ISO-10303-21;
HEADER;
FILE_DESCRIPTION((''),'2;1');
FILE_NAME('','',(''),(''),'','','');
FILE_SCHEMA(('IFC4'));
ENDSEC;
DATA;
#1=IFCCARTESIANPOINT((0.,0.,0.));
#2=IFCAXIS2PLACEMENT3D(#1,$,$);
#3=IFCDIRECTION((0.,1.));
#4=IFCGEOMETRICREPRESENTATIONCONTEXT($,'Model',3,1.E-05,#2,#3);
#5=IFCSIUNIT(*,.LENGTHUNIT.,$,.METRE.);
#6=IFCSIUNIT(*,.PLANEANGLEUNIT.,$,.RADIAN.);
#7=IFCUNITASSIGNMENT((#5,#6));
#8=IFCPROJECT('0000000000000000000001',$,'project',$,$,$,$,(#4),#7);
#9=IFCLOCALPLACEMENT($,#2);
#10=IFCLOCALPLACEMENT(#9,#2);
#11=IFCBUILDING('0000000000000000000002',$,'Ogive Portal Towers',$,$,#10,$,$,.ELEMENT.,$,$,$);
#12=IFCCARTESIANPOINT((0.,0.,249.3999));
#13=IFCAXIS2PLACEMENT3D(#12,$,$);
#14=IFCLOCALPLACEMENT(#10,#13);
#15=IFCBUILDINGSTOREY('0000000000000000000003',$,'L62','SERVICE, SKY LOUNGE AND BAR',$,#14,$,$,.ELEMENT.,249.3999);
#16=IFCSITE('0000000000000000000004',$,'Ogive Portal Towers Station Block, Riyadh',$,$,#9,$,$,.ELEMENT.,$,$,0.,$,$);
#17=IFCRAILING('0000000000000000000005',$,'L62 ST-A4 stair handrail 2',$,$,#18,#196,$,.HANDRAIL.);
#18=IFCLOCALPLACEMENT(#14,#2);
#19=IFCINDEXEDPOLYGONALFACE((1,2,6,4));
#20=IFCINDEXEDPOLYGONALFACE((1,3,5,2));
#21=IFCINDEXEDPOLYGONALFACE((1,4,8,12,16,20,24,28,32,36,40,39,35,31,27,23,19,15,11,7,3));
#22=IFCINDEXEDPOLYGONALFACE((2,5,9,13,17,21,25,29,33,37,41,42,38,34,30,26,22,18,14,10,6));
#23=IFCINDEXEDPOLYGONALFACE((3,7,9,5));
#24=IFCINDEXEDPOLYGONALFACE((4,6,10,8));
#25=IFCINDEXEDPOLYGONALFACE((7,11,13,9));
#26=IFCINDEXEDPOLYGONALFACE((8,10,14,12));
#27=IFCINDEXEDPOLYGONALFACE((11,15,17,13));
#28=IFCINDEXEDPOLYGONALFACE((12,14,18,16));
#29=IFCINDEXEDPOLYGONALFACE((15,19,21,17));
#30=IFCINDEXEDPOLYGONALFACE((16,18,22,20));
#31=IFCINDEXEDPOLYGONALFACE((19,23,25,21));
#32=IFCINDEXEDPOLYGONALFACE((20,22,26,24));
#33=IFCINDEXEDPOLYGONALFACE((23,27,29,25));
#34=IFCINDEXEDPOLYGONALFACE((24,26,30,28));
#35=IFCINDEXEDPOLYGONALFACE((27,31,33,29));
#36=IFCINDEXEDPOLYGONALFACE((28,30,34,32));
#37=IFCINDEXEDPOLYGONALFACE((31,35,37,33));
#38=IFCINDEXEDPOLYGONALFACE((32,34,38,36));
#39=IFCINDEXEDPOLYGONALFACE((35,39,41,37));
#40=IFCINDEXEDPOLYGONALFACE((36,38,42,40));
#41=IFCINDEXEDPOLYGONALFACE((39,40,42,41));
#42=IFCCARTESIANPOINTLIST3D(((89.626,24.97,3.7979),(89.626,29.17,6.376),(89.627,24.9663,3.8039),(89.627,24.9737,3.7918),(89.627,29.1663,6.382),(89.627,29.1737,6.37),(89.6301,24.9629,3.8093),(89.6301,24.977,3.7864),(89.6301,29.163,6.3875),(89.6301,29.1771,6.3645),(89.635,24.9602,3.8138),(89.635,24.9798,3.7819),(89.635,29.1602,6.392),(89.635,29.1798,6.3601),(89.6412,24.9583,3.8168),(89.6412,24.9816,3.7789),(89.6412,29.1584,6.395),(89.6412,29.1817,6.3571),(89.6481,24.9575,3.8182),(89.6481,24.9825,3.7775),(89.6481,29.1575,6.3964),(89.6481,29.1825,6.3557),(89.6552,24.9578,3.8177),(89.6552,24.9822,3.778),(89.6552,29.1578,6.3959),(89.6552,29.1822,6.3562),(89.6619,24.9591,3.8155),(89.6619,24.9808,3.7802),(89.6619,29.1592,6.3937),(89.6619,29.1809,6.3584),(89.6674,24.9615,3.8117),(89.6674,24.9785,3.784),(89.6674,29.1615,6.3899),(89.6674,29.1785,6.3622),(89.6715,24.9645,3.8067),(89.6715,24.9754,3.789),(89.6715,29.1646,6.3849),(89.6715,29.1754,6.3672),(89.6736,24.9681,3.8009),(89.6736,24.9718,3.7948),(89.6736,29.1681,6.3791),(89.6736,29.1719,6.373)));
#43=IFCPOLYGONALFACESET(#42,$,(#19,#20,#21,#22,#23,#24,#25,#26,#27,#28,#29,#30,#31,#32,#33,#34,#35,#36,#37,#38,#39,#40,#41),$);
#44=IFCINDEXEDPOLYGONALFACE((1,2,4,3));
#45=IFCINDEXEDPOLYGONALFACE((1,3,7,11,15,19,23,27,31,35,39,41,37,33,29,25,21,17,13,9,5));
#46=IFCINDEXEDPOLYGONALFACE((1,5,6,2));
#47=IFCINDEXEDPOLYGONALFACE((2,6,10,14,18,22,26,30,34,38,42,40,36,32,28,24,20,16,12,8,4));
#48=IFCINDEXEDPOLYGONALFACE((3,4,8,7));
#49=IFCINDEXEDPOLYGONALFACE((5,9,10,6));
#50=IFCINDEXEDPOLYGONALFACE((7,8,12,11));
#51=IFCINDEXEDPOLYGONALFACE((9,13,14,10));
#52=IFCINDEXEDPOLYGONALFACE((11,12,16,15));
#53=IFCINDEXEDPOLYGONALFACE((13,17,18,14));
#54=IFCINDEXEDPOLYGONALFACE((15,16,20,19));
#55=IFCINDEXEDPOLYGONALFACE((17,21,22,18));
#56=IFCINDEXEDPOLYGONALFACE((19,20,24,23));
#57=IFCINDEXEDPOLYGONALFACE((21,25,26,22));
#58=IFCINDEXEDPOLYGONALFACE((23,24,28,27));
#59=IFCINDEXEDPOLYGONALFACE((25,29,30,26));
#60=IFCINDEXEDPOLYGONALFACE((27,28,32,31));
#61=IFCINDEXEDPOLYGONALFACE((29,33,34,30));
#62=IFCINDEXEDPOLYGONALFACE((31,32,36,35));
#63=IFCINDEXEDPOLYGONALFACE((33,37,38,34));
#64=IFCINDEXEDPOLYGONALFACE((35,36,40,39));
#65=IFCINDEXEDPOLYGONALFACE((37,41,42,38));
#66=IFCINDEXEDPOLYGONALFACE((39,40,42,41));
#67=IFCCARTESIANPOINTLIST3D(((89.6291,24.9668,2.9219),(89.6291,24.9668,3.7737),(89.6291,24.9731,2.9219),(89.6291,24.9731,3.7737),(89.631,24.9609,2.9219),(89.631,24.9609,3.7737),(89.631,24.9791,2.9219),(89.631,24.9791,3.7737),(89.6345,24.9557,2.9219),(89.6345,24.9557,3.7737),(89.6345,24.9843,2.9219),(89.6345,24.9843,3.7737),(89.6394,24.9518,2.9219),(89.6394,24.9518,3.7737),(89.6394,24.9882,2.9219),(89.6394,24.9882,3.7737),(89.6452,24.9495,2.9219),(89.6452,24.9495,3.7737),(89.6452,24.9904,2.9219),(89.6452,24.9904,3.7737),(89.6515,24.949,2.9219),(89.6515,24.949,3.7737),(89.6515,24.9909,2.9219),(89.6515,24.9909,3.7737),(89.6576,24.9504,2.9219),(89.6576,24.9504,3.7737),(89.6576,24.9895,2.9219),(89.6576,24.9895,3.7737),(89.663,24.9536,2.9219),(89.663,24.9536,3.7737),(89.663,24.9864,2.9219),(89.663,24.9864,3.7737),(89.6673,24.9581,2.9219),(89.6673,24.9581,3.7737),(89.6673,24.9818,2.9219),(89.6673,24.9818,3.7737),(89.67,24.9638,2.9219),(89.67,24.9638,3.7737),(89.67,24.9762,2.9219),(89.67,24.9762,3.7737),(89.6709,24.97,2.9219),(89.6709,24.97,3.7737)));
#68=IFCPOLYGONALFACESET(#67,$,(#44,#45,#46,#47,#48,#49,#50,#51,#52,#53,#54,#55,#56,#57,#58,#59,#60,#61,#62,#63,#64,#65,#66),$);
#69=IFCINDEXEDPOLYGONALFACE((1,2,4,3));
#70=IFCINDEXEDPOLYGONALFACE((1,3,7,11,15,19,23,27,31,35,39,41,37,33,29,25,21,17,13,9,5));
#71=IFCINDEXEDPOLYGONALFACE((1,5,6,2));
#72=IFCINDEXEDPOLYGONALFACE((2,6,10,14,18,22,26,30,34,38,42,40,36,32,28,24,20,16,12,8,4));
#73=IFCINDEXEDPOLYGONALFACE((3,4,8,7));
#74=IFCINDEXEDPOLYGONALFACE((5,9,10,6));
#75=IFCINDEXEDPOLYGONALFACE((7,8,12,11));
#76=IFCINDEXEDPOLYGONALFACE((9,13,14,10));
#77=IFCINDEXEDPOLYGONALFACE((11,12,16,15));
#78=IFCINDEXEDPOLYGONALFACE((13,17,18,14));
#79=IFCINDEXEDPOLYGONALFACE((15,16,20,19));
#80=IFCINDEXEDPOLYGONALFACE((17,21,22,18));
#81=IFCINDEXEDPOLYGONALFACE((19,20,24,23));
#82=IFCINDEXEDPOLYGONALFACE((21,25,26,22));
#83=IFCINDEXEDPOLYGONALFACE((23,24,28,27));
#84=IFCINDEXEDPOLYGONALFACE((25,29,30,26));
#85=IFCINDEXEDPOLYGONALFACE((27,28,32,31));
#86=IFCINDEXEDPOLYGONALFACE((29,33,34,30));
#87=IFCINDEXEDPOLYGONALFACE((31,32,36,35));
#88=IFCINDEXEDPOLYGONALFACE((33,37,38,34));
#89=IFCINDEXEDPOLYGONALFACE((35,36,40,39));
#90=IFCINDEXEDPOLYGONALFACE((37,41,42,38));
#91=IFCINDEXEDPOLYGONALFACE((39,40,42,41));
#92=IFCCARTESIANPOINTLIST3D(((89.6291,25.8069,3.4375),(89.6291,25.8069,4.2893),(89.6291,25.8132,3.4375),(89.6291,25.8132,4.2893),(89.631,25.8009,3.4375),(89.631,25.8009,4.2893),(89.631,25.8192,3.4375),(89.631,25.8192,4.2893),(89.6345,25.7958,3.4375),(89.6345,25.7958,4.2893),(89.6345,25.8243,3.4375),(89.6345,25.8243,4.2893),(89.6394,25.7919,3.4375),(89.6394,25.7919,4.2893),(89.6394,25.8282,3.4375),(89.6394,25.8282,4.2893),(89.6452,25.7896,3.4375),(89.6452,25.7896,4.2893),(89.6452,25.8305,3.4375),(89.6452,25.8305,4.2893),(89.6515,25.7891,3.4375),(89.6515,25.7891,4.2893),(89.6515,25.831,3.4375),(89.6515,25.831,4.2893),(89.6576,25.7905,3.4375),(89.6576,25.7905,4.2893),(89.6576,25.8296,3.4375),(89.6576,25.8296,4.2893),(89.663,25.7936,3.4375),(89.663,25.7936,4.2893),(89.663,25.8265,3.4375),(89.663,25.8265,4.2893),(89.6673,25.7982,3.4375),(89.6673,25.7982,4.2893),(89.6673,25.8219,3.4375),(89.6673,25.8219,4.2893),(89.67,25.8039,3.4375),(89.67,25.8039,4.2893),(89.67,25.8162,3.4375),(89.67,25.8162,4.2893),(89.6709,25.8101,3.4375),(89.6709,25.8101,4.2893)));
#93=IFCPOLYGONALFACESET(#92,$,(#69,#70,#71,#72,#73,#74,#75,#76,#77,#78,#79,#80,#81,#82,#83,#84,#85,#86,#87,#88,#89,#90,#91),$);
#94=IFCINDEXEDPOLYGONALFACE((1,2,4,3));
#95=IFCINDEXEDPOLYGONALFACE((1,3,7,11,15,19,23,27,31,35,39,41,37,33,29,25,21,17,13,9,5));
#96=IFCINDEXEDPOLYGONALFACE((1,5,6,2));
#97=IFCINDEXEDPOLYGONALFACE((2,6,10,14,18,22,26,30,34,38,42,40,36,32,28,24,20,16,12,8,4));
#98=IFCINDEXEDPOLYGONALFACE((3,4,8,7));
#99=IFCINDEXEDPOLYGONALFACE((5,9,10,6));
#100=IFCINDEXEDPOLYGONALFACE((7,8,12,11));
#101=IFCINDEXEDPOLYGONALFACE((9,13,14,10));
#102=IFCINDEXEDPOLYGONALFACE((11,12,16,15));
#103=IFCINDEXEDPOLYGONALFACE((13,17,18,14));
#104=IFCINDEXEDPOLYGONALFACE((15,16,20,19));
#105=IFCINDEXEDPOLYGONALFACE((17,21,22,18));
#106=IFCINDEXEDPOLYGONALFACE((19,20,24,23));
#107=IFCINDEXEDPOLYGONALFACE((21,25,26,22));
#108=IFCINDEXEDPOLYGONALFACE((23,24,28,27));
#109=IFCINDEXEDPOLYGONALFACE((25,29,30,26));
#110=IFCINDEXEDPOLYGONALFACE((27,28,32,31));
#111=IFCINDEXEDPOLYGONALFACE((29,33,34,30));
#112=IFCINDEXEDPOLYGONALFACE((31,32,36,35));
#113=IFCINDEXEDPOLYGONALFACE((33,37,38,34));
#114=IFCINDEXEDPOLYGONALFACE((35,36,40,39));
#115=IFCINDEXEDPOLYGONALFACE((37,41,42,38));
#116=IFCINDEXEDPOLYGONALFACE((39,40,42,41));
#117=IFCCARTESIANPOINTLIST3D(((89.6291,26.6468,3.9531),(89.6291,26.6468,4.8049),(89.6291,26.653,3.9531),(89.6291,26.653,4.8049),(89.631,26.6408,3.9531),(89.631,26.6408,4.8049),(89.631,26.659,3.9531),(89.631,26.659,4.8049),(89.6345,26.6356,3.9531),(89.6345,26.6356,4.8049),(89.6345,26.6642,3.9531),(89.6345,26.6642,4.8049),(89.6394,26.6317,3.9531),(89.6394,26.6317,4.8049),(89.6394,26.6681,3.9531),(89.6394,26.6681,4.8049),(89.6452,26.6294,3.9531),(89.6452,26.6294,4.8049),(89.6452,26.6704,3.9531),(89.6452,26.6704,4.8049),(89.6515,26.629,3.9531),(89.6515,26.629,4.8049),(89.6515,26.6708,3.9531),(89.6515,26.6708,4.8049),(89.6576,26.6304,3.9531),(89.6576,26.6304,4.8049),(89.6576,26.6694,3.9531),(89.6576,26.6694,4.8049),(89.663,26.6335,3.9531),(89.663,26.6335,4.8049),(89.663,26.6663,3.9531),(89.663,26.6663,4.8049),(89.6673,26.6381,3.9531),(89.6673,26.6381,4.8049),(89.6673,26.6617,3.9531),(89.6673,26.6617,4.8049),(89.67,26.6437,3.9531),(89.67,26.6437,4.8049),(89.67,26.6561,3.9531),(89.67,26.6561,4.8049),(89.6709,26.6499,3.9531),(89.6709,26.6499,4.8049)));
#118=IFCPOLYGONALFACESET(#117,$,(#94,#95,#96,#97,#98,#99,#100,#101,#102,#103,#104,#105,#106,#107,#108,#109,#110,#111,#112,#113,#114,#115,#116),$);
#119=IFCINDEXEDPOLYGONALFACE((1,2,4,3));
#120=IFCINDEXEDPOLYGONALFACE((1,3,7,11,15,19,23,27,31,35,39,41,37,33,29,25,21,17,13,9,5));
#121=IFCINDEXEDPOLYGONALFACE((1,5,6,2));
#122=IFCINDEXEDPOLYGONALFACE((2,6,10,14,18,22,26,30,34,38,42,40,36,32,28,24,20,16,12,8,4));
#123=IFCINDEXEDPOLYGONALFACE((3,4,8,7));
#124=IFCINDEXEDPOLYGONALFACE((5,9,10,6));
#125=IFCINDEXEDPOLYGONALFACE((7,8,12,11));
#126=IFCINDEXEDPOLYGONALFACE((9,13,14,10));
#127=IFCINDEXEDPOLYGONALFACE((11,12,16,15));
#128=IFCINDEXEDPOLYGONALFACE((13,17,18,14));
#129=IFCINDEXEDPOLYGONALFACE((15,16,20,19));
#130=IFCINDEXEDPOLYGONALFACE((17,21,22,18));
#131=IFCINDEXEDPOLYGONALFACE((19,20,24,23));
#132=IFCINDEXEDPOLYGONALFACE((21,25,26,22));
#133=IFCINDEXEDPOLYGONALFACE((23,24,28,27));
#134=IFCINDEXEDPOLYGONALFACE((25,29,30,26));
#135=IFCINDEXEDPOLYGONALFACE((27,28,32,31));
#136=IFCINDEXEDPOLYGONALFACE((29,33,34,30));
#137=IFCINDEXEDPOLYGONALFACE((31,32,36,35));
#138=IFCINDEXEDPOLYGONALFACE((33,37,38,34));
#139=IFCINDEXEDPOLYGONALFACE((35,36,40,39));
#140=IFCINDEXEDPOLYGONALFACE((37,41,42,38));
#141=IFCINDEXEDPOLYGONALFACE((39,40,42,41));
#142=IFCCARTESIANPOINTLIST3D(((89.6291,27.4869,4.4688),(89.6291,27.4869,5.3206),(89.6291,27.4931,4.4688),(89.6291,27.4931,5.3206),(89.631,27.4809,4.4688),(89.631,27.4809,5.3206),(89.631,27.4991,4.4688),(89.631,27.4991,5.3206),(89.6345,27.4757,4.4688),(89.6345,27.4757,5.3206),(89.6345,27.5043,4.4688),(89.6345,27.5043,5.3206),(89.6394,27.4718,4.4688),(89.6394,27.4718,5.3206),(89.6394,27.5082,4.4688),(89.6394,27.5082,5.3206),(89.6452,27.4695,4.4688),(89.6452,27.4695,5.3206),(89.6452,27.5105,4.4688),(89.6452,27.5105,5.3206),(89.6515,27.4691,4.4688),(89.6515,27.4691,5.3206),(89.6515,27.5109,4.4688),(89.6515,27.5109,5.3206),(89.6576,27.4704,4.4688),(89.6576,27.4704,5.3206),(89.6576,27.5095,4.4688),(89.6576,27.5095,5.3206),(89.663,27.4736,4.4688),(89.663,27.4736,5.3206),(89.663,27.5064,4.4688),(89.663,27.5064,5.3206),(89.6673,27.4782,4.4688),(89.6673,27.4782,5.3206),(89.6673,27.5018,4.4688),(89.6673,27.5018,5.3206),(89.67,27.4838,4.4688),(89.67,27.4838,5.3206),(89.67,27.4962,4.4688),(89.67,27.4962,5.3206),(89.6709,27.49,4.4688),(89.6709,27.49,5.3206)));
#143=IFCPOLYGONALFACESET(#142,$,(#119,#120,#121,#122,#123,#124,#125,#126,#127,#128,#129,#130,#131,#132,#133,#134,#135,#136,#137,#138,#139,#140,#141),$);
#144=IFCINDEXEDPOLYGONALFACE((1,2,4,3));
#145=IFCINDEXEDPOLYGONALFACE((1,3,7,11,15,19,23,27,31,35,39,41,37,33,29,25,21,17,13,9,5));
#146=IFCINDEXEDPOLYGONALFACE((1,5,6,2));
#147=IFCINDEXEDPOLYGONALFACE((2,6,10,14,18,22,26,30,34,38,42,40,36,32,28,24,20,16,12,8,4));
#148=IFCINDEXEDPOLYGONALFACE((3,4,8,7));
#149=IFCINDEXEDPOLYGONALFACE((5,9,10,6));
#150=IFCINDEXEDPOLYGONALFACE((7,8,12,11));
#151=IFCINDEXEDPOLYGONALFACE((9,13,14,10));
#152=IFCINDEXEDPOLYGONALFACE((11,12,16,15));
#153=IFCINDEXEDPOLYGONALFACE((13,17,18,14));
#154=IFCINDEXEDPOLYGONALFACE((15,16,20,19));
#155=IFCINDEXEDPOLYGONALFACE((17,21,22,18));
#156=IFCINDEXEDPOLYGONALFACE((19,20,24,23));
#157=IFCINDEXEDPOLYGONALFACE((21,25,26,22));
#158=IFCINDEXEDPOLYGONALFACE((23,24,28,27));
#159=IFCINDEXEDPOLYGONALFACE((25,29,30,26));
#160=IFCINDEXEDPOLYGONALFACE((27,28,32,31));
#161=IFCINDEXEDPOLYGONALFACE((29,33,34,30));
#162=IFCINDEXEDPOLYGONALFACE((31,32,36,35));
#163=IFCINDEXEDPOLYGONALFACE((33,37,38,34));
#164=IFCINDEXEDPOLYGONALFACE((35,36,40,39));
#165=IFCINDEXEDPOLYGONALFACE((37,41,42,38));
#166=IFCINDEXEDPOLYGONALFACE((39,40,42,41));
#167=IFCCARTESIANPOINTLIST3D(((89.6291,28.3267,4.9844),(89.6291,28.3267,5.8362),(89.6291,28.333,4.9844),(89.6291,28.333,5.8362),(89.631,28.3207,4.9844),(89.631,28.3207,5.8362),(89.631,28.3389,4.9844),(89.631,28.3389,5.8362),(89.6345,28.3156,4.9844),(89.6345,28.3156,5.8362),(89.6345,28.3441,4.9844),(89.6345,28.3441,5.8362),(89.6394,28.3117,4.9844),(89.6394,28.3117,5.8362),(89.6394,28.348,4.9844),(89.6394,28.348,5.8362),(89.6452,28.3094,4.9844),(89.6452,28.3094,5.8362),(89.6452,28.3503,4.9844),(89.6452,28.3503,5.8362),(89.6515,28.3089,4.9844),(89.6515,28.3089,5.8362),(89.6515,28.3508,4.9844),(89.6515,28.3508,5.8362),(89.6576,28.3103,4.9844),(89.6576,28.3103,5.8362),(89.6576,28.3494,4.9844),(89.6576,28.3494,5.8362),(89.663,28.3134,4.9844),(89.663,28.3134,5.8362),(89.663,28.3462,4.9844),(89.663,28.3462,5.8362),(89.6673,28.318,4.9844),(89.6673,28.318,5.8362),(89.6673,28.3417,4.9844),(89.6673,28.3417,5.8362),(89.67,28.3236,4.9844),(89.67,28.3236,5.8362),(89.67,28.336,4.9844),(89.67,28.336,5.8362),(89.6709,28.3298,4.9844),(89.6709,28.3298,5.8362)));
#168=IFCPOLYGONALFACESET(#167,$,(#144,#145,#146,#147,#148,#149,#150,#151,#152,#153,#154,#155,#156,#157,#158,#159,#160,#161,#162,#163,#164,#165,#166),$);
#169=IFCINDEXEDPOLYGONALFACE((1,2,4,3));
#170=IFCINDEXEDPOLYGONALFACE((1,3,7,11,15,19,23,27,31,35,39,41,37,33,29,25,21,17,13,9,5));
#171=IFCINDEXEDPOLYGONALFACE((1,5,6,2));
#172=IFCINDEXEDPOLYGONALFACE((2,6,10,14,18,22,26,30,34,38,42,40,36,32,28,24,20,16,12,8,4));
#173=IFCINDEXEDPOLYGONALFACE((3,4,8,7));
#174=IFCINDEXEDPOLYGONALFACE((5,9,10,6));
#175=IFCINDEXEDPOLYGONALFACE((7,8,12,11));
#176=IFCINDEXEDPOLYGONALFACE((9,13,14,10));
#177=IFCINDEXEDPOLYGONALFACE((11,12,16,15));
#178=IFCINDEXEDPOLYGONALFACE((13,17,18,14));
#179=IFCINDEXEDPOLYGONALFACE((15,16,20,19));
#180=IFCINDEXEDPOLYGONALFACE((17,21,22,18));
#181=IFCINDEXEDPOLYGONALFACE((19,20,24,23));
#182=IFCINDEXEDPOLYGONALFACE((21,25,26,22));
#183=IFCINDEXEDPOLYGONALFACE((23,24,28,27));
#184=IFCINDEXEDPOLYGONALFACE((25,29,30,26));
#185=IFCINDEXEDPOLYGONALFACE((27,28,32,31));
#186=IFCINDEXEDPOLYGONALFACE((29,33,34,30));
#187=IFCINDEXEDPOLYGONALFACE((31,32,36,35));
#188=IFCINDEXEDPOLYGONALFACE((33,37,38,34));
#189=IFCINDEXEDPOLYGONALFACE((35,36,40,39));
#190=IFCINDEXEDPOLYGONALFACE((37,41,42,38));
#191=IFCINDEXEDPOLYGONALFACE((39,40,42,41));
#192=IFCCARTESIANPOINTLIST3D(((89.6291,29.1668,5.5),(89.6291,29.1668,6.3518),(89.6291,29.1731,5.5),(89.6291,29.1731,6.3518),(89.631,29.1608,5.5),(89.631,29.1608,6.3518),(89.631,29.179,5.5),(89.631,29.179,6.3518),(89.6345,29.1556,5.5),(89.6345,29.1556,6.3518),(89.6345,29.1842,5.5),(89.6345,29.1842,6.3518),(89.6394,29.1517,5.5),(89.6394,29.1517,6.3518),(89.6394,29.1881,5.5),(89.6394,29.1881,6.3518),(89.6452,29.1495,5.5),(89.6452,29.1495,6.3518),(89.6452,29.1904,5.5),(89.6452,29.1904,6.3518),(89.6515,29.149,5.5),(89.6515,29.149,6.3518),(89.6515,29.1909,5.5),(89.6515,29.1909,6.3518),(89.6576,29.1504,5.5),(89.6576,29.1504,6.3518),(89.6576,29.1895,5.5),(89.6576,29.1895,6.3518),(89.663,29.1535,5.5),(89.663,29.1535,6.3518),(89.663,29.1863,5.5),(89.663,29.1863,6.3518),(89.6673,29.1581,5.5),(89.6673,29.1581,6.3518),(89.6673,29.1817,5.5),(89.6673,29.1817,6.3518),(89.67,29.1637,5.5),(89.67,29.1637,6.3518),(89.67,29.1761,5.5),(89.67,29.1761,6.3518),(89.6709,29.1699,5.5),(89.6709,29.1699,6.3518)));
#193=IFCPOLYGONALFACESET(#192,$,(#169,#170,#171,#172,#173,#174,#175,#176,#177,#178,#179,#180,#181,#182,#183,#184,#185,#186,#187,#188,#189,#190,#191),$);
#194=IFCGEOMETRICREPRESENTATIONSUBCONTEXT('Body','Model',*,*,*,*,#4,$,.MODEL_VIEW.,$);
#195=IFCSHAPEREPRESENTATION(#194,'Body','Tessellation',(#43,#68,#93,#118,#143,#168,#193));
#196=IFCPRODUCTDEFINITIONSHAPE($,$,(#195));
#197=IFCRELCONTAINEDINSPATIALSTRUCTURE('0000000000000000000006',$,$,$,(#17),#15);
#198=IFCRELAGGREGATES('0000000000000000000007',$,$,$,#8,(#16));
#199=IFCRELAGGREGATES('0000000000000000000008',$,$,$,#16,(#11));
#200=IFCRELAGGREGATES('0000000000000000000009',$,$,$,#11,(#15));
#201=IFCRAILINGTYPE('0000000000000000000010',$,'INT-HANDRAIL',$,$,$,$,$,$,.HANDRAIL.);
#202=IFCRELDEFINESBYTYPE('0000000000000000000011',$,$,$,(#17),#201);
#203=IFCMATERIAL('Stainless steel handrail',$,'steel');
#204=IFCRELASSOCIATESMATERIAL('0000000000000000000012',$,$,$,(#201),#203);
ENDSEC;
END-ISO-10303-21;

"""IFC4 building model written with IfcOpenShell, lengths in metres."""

from ifc_helpers import new_model, si_unit, direction, frame, origin, origin_2d, place, context, subcontext, project, spatial, circle, extrude, material, type_object, element, save


model = new_model("IFC4")

# Units and contexts
model_context = context("Model", 3, precision=1e-05, world=origin(), true_north=direction((0.0, 1.0)))
body_context = subcontext(model_context, "Body", "Model", "MODEL_VIEW")
ifc_project = project(units=[si_unit("LENGTHUNIT", "METRE"), si_unit("PLANEANGLEUNIT", "RADIAN")], contexts=[model_context])

# Site, building, storey
site_placement = place(None, origin())
site = spatial("IfcSite", under=ifc_project, at=site_placement, Name="Ogive Portal Towers Station Block, Riyadh", CompositionType="ELEMENT", RefElevation=0.0)
building_placement = place(site_placement, origin())
building = spatial("IfcBuilding", under=site, at=building_placement, Name="Ogive Portal Towers", CompositionType="ELEMENT")
storey_placement = place(building_placement, frame((0.0, 0.0, 249.3999)))
storey = spatial("IfcBuildingStorey", under=building, at=storey_placement, Name="L62", Description="SERVICE, SKY LOUNGE AND BAR", CompositionType="ELEMENT", Elevation=249.3999)

# Railing
ifc_material_1 = material(Name="Stainless steel handrail", Category="steel")
railing_type_1 = type_object("IfcRailingType", Name="INT-HANDRAIL", PredefinedType="HANDRAIL", material=ifc_material_1)
railing_1_placement = place(storey_placement, frame((89.6499, 24.97, 2.9219)))
element("IfcRailing", 1, at=railing_1_placement, inside=storey, type_object=railing_type_1, Name="L62 ST-A4 stair handrail 2", PredefinedType="HANDRAIL", context=body_context, shape_type="SweptSolid", body=[
    extrude(circle(Radius=0.0239, at=origin_2d()), frame((0.0, 0.0, 0.876), z_axis=(0.0, 0.852243, 0.523146), x_axis=(-1.0, 0.0, 0.0)), (0.0, 0.0, 1.0), 4.9282),
    extrude(circle(Radius=0.021, at=origin_2d()), origin(), (0.0, 0.0, 1.0), 0.8518),
    extrude(circle(Radius=0.021, at=origin_2d()), frame((0.0, 0.8401, 0.5156)), (0.0, 0.0, 1.0), 0.8518),
    extrude(circle(Radius=0.021, at=origin_2d()), frame((0.0, 1.6799, 1.0312)), (0.0, 0.0, 1.0), 0.8518),
    extrude(circle(Radius=0.021, at=origin_2d()), frame((0.0, 2.52, 1.5469)), (0.0, 0.0, 1.0), 0.8518),
    extrude(circle(Radius=0.021, at=origin_2d()), frame((0.0, 3.3599, 2.0625)), (0.0, 0.0, 1.0), 0.8518),
    extrude(circle(Radius=0.021, at=origin_2d()), frame((0.0, 4.2, 2.5781)), (0.0, 0.0, 1.0), 0.8518),
])

save(model, "model.ifc")
